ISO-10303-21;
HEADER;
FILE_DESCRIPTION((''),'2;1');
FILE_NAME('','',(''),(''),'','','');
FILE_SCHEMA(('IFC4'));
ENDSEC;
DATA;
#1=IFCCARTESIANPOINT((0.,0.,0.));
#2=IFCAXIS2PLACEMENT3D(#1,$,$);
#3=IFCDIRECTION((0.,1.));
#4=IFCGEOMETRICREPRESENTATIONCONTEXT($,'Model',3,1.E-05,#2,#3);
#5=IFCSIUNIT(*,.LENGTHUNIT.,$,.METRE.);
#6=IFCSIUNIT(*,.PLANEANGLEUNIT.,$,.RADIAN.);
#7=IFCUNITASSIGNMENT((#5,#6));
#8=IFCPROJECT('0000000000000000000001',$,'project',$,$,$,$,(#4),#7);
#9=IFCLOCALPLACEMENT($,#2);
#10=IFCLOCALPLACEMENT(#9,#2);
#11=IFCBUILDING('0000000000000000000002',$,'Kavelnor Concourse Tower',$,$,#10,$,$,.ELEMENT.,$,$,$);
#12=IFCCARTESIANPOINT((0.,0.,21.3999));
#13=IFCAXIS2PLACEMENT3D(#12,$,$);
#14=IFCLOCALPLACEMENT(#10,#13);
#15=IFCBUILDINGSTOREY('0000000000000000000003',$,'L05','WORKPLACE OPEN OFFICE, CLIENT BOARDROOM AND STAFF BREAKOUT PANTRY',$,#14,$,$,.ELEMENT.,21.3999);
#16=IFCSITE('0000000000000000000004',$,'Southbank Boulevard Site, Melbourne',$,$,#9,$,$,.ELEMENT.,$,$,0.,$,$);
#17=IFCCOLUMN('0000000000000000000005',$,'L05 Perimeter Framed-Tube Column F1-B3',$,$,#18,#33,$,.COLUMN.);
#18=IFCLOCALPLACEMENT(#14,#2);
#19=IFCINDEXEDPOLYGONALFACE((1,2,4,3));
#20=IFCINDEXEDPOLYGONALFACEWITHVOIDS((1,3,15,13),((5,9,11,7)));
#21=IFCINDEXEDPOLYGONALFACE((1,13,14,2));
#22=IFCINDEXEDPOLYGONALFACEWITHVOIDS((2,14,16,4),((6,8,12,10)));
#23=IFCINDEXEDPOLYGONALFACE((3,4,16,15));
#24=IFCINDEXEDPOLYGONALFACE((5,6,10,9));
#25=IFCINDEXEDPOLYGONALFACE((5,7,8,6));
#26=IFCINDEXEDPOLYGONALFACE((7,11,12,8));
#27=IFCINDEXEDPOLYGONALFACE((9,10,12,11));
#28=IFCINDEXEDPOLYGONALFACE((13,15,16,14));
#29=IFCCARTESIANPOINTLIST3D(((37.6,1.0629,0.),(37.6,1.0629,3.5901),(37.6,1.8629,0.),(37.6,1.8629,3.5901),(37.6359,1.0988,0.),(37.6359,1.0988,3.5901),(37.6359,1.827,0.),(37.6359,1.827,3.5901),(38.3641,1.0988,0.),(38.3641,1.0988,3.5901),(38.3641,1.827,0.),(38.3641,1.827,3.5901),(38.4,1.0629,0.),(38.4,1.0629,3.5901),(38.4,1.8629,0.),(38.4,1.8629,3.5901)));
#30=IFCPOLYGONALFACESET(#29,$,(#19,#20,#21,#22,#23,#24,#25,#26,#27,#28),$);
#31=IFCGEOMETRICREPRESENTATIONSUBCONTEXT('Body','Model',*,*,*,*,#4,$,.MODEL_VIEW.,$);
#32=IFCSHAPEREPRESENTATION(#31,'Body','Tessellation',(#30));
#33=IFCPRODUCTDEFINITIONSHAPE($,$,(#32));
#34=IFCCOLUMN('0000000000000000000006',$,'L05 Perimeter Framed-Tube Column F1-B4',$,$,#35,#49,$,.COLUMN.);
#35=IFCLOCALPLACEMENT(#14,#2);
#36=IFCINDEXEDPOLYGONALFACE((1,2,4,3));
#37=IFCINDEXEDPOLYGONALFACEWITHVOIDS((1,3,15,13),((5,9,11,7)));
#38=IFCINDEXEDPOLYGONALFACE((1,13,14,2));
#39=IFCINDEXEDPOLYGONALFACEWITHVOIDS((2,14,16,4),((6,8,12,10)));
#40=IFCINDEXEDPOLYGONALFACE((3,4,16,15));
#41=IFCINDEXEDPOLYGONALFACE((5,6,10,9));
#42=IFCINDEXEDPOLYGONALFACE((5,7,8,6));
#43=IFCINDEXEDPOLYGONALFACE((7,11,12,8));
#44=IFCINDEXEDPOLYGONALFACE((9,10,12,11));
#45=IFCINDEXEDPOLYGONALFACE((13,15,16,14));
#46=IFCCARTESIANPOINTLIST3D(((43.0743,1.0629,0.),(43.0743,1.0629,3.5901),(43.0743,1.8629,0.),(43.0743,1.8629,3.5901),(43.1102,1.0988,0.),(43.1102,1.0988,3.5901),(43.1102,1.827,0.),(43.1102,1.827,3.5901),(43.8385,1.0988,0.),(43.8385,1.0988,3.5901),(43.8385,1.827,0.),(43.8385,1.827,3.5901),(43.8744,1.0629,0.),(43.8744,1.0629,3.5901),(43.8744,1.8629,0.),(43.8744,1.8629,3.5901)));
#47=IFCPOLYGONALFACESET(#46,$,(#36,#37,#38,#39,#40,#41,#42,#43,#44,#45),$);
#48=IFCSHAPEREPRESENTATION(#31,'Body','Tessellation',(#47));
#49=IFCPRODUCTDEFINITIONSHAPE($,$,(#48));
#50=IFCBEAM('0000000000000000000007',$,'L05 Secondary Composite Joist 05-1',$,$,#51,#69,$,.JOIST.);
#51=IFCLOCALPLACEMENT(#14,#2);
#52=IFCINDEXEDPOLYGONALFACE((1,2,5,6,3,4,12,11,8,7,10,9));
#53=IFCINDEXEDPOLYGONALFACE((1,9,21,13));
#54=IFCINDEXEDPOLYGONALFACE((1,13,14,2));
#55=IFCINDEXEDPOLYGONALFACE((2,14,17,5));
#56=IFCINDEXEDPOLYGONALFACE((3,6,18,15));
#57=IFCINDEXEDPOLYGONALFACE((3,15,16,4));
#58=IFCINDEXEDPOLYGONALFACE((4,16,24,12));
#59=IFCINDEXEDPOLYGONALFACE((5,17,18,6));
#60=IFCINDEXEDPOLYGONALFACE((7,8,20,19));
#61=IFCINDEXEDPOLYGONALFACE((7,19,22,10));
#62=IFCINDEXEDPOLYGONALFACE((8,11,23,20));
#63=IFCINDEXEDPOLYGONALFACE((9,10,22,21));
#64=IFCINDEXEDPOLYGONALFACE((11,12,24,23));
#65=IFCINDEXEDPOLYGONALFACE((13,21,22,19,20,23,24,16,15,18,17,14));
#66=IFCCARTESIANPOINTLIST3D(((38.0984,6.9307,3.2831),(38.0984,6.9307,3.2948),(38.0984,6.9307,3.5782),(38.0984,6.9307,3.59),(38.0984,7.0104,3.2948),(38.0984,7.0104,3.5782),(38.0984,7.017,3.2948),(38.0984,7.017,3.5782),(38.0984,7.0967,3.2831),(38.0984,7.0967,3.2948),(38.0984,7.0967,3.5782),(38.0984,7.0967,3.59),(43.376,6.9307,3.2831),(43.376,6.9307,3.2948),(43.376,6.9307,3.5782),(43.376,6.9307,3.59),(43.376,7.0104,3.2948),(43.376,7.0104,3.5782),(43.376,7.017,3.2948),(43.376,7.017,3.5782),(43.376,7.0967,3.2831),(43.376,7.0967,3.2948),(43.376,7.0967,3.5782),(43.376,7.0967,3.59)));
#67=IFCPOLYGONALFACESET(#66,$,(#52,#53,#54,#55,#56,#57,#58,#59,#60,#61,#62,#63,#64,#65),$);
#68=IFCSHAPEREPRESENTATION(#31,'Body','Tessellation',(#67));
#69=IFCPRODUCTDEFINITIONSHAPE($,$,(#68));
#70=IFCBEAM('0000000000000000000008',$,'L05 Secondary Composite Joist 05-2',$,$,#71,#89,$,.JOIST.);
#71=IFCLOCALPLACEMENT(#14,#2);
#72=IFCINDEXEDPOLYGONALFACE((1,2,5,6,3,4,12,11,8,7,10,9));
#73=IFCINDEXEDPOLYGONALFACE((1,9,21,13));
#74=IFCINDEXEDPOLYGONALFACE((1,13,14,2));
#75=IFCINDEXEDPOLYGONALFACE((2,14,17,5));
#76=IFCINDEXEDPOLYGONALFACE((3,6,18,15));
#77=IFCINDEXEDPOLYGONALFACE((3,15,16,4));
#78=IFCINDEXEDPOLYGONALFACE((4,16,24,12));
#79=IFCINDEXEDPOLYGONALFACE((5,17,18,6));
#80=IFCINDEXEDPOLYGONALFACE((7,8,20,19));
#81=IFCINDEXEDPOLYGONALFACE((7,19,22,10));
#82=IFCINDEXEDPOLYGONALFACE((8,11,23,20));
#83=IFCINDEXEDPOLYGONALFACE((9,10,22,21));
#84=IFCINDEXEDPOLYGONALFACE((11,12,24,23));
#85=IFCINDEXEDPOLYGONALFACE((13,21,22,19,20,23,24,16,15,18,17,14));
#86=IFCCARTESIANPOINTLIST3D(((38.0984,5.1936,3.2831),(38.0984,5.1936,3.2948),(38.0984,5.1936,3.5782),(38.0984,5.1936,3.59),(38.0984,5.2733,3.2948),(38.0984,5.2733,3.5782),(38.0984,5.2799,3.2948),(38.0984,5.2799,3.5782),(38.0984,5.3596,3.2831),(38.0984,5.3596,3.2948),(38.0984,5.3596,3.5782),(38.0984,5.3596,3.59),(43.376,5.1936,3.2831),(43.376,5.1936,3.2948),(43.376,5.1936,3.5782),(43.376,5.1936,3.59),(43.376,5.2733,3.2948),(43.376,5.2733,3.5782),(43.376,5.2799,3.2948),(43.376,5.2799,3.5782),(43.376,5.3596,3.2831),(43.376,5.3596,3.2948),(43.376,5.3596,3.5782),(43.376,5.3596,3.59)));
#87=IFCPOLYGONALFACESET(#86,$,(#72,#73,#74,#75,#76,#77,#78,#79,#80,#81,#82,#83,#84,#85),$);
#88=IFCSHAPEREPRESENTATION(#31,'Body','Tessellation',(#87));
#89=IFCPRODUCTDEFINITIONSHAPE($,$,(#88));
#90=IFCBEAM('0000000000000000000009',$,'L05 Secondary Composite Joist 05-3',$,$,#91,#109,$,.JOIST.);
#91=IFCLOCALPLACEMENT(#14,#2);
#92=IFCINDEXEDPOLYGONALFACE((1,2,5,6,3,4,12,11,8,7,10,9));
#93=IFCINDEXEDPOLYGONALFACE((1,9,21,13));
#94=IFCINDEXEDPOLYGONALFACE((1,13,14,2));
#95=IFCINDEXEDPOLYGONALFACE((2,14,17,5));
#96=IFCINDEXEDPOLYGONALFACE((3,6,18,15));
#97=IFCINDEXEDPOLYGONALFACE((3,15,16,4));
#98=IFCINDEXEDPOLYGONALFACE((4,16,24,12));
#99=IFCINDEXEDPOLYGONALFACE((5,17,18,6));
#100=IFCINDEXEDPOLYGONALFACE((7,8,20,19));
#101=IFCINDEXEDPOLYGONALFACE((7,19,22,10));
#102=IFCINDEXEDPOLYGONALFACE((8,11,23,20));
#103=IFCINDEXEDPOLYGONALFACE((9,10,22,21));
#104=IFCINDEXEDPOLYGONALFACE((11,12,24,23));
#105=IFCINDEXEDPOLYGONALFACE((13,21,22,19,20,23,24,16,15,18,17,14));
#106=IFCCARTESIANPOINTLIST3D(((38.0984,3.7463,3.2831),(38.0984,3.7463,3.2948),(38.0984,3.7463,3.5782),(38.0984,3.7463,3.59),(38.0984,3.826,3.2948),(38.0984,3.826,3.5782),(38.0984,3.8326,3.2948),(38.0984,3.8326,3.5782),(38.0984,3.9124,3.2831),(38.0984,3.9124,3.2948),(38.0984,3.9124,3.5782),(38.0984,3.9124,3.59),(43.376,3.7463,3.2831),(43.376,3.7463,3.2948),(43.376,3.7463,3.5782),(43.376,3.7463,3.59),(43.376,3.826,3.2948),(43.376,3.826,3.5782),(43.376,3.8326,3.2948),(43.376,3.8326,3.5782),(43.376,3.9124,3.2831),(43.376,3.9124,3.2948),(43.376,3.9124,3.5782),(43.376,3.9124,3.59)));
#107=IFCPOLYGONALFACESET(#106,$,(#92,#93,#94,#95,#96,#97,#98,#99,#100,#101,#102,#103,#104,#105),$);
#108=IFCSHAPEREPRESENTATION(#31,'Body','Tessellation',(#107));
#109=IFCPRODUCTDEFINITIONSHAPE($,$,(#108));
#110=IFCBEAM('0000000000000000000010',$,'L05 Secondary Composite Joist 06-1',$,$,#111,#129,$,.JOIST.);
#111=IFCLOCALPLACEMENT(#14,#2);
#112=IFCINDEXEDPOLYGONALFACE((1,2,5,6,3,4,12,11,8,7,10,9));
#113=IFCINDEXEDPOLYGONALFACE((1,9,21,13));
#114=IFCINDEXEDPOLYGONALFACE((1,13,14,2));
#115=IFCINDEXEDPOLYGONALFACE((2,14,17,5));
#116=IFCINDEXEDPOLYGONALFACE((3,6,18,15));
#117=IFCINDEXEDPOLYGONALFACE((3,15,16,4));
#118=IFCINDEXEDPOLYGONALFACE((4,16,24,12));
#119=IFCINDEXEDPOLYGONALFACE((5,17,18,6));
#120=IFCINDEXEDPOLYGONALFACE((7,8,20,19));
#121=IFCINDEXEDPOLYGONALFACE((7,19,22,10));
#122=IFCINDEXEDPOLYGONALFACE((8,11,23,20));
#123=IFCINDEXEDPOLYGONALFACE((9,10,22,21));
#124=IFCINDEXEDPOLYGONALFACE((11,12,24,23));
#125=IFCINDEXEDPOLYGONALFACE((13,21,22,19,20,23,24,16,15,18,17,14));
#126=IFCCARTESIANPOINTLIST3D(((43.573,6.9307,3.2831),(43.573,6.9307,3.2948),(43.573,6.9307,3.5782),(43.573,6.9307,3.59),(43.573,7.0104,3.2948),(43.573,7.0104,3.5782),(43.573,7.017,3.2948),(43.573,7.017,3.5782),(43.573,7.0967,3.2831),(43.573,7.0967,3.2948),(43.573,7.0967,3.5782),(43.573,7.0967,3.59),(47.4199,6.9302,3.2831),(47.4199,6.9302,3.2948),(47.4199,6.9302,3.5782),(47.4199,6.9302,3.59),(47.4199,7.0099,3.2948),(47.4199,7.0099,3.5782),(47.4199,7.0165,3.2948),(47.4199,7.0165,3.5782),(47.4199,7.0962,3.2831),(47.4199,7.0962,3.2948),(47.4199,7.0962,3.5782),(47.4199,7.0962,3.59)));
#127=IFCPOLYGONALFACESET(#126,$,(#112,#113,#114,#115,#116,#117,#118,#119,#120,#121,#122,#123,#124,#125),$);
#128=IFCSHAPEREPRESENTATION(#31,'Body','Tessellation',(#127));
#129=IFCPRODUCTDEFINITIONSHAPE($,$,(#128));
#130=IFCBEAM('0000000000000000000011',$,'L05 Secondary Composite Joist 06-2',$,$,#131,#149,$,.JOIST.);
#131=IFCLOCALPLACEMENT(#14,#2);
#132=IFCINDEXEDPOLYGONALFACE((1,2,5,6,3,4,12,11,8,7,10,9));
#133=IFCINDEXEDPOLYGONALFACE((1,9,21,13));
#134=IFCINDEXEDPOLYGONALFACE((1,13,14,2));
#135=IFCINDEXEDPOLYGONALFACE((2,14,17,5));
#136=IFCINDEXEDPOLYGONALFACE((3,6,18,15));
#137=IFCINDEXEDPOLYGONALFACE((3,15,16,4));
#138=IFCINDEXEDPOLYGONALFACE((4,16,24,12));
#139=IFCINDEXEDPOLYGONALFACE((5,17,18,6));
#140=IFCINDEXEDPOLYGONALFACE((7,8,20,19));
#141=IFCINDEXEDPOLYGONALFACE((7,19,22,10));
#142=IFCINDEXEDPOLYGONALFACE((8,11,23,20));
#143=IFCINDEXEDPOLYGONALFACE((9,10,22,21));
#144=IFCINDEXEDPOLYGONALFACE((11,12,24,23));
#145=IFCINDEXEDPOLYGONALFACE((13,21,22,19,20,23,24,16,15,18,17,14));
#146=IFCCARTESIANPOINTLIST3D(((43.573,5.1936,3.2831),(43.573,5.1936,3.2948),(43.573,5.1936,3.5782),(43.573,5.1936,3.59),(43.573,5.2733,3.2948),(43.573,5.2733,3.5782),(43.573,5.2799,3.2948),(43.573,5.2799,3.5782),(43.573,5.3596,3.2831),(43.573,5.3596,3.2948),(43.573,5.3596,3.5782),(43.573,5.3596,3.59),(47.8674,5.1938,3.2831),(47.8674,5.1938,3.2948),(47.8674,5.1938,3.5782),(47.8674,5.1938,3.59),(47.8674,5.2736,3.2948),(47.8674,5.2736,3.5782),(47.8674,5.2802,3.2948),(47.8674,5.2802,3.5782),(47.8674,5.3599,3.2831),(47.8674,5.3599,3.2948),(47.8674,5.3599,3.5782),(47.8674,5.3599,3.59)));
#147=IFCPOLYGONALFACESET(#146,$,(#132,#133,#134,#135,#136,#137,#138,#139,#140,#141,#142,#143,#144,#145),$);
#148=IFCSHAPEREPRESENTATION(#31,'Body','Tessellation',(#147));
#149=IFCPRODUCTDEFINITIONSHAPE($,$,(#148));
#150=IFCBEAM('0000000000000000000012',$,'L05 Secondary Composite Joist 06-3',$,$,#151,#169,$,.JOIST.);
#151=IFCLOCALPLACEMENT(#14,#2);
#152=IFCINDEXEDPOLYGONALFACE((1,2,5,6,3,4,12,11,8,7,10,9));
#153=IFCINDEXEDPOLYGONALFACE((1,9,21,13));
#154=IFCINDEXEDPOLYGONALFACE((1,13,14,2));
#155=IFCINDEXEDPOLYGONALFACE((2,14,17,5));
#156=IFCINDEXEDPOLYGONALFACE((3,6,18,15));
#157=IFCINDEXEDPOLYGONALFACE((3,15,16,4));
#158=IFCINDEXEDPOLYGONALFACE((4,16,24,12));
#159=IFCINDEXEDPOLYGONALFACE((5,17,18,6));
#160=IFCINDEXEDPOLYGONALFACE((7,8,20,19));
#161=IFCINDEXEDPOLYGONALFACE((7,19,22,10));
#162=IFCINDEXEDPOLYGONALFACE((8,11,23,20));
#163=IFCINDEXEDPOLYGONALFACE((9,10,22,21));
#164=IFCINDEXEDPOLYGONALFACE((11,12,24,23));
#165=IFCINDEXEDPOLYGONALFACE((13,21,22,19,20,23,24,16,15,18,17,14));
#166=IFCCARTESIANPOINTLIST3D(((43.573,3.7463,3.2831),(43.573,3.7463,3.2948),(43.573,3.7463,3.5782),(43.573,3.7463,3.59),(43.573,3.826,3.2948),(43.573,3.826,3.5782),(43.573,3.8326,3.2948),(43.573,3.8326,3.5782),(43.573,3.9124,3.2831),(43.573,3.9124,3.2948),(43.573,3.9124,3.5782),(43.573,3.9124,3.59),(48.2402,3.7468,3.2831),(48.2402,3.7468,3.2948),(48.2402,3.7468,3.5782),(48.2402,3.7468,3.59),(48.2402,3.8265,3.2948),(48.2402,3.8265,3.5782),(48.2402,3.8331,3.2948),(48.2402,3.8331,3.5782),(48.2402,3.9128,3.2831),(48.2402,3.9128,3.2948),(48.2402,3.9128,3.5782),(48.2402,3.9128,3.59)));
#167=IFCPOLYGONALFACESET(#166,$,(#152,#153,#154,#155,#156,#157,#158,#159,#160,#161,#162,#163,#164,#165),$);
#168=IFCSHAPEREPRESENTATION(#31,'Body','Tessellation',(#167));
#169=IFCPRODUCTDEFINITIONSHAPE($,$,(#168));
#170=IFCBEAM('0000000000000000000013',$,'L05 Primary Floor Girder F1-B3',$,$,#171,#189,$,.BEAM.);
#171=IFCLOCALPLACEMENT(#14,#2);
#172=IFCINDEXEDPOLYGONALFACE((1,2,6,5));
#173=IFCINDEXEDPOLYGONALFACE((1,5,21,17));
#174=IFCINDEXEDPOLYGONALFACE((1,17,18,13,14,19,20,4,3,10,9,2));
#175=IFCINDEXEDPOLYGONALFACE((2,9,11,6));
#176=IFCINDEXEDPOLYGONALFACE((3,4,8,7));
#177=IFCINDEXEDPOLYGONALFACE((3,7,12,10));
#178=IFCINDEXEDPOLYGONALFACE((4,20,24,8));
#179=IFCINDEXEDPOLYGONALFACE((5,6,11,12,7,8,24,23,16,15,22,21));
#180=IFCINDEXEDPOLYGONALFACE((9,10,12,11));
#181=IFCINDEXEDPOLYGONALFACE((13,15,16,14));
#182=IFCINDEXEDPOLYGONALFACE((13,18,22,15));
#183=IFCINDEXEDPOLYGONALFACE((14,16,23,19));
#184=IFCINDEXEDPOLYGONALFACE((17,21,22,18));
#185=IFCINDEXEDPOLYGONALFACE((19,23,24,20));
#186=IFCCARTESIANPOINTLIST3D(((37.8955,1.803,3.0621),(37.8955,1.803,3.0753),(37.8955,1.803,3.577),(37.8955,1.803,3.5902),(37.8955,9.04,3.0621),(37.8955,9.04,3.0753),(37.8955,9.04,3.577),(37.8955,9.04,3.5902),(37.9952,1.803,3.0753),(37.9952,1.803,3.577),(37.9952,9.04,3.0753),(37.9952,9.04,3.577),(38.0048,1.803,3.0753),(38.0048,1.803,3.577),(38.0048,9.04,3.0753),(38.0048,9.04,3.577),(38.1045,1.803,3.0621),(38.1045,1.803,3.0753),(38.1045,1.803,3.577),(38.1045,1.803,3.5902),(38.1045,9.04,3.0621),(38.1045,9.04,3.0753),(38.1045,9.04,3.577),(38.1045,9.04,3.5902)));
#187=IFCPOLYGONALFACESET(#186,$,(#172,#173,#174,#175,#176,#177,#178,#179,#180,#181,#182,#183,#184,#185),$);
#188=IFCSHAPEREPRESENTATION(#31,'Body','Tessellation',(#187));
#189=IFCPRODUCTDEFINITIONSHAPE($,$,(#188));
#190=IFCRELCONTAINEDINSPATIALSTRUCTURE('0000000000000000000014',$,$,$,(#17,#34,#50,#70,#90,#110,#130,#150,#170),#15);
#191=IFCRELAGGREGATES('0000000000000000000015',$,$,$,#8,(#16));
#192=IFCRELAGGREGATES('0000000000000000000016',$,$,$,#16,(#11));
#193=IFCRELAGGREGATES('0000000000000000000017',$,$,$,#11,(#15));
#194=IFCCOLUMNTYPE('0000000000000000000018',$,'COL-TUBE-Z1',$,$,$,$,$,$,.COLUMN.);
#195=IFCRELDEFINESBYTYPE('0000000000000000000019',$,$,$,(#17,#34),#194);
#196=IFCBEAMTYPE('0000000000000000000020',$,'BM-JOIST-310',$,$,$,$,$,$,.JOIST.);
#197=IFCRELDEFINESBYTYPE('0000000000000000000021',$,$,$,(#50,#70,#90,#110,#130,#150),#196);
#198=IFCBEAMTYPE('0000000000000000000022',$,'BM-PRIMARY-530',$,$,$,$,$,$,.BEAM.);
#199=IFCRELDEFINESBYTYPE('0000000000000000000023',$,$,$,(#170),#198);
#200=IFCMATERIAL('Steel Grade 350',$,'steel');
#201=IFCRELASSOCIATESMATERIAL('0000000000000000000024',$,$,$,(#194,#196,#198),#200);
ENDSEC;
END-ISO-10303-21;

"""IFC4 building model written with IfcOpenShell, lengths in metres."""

from ifc_helpers import new_model, si_unit, direction, frame, origin, origin_2d, place, context, subcontext, project, spatial, hollow_rectangle, i_section, extrude, material, material_profile, profile_set, type_object, element, save


model = new_model("IFC4")

# Units and contexts
model_context = context("Model", 3, precision=1e-05, world=origin(), true_north=direction((0.0, 1.0)))
body_context = subcontext(model_context, "Body", "Model", "MODEL_VIEW")
ifc_project = project(units=[si_unit("LENGTHUNIT", "METRE"), si_unit("PLANEANGLEUNIT", "RADIAN")], contexts=[model_context])

# Site, building, storey
site_placement = place(None, origin())
site = spatial("IfcSite", under=ifc_project, at=site_placement, Name="Southbank Boulevard Site, Melbourne", CompositionType="ELEMENT", RefElevation=0.0)
building_placement = place(site_placement, origin())
building = spatial("IfcBuilding", under=site, at=building_placement, Name="Kavelnor Concourse Tower", CompositionType="ELEMENT")
storey_placement = place(building_placement, frame((0.0, 0.0, 21.3999)))
storey = spatial("IfcBuildingStorey", under=building, at=storey_placement, Name="L05", Description="WORKPLACE OPEN OFFICE, CLIENT BOARDROOM AND STAFF BREAKOUT PANTRY", CompositionType="ELEMENT", Elevation=21.3999)

# Columns
ifc_material_1 = material(Name="Steel Grade 350", Category="steel")
ifc_material_profile_1 = material_profile(ifc_material_1, hollow_rectangle(XDim=0.8, YDim=0.8, WallThickness=0.0359, at=origin_2d()), Name="SHS 800x800x36")
ifc_profile_set_1 = profile_set([ifc_material_profile_1], Name="Steel Grade 350")
column_type = type_object("IfcColumnType", Name="COL-TUBE-Z1", PredefinedType="COLUMN", material=ifc_profile_set_1)
for number, where, z_axis, x_axis, name in (
    (1, (38.0, 1.4629, 0.0), (0.0, 0.0, 1.0), (1.0, 0.0, 0.0), "L05 Perimeter Framed-Tube Column F1-B3"),
    (2, (43.4744, 1.4629, 0.0), (0.0, 0.0, 1.0), (1.0, 0.0, 0.0), "L05 Perimeter Framed-Tube Column F1-B4"),
):
    element("IfcColumn", number, at=place(storey_placement, frame(where, z_axis=z_axis, x_axis=x_axis)), inside=storey, type_object=column_type, Name=name, PredefinedType="COLUMN", context=body_context, shape_type="SweptSolid", body=[
        extrude(hollow_rectangle(XDim=0.8, YDim=0.8, WallThickness=0.0359, at=origin_2d()), origin(), (0.0, 0.0, 1.0), 3.5901),
    ])

# Beams
ifc_material_profile_2 = material_profile(ifc_material_1, i_section(OverallWidth=0.166, OverallDepth=0.3069, WebThickness=0.0066, FlangeThickness=0.0117, at=origin_2d()), Name="310UB46")
ifc_profile_set_2 = profile_set([ifc_material_profile_2], Name="Steel Grade 350")
beam_type_1 = type_object("IfcBeamType", Name="BM-JOIST-310", PredefinedType="JOIST", material=ifc_profile_set_2)
for number, where, z_axis, x_axis, name in (
    (3, (38.0984, 7.0137, 3.4365), (1.0, 0.0, 0.0), (0.0, 1.0, 0.0), "L05 Secondary Composite Joist 05-1"),
    (4, (38.0984, 5.2766, 3.4365), (1.0, 0.0, 0.0), (0.0, 1.0, 0.0), "L05 Secondary Composite Joist 05-2"),
    (5, (38.0984, 3.8293, 3.4365), (1.0, 0.0, 0.0), (0.0, 1.0, 0.0), "L05 Secondary Composite Joist 05-3"),
):
    element("IfcBeam", number, at=place(storey_placement, frame(where, z_axis=z_axis, x_axis=x_axis)), inside=storey, type_object=beam_type_1, Name=name, PredefinedType="JOIST", context=body_context, shape_type="SweptSolid", body=[
        extrude(i_section(OverallWidth=0.166, OverallDepth=0.3069, WebThickness=0.0066, FlangeThickness=0.0117, at=origin_2d()), origin(), (0.0, 0.0, 1.0), 5.2776),
    ])
beam_1_placement = place(storey_placement, frame((43.573, 7.0137, 3.4365), z_axis=(1.0, -0.000127, 0.0), x_axis=(0.000127, 1.0, 0.0)))
element("IfcBeam", 6, at=beam_1_placement, inside=storey, type_object=beam_type_1, Name="L05 Secondary Composite Joist 06-1", PredefinedType="JOIST", context=body_context, shape_type="SweptSolid", body=[
    extrude(i_section(OverallWidth=0.166, OverallDepth=0.3069, WebThickness=0.0066, FlangeThickness=0.0117, at=origin_2d()), origin(), (0.0, 0.0, 1.0), 3.8469),
])
beam_2_placement = place(storey_placement, frame((43.573, 5.2766, 3.4365), z_axis=(1.0, 0.000057, 0.0), x_axis=(-0.000057, 1.0, 0.0)))
element("IfcBeam", 7, at=beam_2_placement, inside=storey, type_object=beam_type_1, Name="L05 Secondary Composite Joist 06-2", PredefinedType="JOIST", context=body_context, shape_type="SweptSolid", body=[
    extrude(i_section(OverallWidth=0.166, OverallDepth=0.3069, WebThickness=0.0066, FlangeThickness=0.0117, at=origin_2d()), origin(), (0.0, 0.0, 1.0), 4.2944),
])
beam_3_placement = place(storey_placement, frame((43.573, 3.8293, 3.4365), z_axis=(1.0, 0.000105, 0.0), x_axis=(-0.000105, 1.0, 0.0)))
element("IfcBeam", 8, at=beam_3_placement, inside=storey, type_object=beam_type_1, Name="L05 Secondary Composite Joist 06-3", PredefinedType="JOIST", context=body_context, shape_type="SweptSolid", body=[
    extrude(i_section(OverallWidth=0.166, OverallDepth=0.3069, WebThickness=0.0066, FlangeThickness=0.0117, at=origin_2d()), origin(), (0.0, 0.0, 1.0), 4.6672),
])
ifc_material_profile_3 = material_profile(ifc_material_1, i_section(OverallWidth=0.209, OverallDepth=0.5281, WebThickness=0.0095, FlangeThickness=0.0132, at=origin_2d()), Name="530UB82")
ifc_profile_set_3 = profile_set([ifc_material_profile_3], Name="Steel Grade 350")
beam_type_2 = type_object("IfcBeamType", Name="BM-PRIMARY-530", PredefinedType="BEAM", material=ifc_profile_set_3)
for number, where, z_axis, x_axis, name in (
    (9, (38.0, 9.04, 3.3262), (0.0, -1.0, 0.0), (1.0, 0.0, 0.0), "L05 Primary Floor Girder F1-B3"),
):
    element("IfcBeam", number, at=place(storey_placement, frame(where, z_axis=z_axis, x_axis=x_axis)), inside=storey, type_object=beam_type_2, Name=name, PredefinedType="BEAM", context=body_context, shape_type="SweptSolid", body=[
        extrude(i_section(OverallWidth=0.209, OverallDepth=0.5281, WebThickness=0.0095, FlangeThickness=0.0132, at=origin_2d()), origin(), (0.0, 0.0, 1.0), 7.2371),
    ])

save(model, "model.ifc")
